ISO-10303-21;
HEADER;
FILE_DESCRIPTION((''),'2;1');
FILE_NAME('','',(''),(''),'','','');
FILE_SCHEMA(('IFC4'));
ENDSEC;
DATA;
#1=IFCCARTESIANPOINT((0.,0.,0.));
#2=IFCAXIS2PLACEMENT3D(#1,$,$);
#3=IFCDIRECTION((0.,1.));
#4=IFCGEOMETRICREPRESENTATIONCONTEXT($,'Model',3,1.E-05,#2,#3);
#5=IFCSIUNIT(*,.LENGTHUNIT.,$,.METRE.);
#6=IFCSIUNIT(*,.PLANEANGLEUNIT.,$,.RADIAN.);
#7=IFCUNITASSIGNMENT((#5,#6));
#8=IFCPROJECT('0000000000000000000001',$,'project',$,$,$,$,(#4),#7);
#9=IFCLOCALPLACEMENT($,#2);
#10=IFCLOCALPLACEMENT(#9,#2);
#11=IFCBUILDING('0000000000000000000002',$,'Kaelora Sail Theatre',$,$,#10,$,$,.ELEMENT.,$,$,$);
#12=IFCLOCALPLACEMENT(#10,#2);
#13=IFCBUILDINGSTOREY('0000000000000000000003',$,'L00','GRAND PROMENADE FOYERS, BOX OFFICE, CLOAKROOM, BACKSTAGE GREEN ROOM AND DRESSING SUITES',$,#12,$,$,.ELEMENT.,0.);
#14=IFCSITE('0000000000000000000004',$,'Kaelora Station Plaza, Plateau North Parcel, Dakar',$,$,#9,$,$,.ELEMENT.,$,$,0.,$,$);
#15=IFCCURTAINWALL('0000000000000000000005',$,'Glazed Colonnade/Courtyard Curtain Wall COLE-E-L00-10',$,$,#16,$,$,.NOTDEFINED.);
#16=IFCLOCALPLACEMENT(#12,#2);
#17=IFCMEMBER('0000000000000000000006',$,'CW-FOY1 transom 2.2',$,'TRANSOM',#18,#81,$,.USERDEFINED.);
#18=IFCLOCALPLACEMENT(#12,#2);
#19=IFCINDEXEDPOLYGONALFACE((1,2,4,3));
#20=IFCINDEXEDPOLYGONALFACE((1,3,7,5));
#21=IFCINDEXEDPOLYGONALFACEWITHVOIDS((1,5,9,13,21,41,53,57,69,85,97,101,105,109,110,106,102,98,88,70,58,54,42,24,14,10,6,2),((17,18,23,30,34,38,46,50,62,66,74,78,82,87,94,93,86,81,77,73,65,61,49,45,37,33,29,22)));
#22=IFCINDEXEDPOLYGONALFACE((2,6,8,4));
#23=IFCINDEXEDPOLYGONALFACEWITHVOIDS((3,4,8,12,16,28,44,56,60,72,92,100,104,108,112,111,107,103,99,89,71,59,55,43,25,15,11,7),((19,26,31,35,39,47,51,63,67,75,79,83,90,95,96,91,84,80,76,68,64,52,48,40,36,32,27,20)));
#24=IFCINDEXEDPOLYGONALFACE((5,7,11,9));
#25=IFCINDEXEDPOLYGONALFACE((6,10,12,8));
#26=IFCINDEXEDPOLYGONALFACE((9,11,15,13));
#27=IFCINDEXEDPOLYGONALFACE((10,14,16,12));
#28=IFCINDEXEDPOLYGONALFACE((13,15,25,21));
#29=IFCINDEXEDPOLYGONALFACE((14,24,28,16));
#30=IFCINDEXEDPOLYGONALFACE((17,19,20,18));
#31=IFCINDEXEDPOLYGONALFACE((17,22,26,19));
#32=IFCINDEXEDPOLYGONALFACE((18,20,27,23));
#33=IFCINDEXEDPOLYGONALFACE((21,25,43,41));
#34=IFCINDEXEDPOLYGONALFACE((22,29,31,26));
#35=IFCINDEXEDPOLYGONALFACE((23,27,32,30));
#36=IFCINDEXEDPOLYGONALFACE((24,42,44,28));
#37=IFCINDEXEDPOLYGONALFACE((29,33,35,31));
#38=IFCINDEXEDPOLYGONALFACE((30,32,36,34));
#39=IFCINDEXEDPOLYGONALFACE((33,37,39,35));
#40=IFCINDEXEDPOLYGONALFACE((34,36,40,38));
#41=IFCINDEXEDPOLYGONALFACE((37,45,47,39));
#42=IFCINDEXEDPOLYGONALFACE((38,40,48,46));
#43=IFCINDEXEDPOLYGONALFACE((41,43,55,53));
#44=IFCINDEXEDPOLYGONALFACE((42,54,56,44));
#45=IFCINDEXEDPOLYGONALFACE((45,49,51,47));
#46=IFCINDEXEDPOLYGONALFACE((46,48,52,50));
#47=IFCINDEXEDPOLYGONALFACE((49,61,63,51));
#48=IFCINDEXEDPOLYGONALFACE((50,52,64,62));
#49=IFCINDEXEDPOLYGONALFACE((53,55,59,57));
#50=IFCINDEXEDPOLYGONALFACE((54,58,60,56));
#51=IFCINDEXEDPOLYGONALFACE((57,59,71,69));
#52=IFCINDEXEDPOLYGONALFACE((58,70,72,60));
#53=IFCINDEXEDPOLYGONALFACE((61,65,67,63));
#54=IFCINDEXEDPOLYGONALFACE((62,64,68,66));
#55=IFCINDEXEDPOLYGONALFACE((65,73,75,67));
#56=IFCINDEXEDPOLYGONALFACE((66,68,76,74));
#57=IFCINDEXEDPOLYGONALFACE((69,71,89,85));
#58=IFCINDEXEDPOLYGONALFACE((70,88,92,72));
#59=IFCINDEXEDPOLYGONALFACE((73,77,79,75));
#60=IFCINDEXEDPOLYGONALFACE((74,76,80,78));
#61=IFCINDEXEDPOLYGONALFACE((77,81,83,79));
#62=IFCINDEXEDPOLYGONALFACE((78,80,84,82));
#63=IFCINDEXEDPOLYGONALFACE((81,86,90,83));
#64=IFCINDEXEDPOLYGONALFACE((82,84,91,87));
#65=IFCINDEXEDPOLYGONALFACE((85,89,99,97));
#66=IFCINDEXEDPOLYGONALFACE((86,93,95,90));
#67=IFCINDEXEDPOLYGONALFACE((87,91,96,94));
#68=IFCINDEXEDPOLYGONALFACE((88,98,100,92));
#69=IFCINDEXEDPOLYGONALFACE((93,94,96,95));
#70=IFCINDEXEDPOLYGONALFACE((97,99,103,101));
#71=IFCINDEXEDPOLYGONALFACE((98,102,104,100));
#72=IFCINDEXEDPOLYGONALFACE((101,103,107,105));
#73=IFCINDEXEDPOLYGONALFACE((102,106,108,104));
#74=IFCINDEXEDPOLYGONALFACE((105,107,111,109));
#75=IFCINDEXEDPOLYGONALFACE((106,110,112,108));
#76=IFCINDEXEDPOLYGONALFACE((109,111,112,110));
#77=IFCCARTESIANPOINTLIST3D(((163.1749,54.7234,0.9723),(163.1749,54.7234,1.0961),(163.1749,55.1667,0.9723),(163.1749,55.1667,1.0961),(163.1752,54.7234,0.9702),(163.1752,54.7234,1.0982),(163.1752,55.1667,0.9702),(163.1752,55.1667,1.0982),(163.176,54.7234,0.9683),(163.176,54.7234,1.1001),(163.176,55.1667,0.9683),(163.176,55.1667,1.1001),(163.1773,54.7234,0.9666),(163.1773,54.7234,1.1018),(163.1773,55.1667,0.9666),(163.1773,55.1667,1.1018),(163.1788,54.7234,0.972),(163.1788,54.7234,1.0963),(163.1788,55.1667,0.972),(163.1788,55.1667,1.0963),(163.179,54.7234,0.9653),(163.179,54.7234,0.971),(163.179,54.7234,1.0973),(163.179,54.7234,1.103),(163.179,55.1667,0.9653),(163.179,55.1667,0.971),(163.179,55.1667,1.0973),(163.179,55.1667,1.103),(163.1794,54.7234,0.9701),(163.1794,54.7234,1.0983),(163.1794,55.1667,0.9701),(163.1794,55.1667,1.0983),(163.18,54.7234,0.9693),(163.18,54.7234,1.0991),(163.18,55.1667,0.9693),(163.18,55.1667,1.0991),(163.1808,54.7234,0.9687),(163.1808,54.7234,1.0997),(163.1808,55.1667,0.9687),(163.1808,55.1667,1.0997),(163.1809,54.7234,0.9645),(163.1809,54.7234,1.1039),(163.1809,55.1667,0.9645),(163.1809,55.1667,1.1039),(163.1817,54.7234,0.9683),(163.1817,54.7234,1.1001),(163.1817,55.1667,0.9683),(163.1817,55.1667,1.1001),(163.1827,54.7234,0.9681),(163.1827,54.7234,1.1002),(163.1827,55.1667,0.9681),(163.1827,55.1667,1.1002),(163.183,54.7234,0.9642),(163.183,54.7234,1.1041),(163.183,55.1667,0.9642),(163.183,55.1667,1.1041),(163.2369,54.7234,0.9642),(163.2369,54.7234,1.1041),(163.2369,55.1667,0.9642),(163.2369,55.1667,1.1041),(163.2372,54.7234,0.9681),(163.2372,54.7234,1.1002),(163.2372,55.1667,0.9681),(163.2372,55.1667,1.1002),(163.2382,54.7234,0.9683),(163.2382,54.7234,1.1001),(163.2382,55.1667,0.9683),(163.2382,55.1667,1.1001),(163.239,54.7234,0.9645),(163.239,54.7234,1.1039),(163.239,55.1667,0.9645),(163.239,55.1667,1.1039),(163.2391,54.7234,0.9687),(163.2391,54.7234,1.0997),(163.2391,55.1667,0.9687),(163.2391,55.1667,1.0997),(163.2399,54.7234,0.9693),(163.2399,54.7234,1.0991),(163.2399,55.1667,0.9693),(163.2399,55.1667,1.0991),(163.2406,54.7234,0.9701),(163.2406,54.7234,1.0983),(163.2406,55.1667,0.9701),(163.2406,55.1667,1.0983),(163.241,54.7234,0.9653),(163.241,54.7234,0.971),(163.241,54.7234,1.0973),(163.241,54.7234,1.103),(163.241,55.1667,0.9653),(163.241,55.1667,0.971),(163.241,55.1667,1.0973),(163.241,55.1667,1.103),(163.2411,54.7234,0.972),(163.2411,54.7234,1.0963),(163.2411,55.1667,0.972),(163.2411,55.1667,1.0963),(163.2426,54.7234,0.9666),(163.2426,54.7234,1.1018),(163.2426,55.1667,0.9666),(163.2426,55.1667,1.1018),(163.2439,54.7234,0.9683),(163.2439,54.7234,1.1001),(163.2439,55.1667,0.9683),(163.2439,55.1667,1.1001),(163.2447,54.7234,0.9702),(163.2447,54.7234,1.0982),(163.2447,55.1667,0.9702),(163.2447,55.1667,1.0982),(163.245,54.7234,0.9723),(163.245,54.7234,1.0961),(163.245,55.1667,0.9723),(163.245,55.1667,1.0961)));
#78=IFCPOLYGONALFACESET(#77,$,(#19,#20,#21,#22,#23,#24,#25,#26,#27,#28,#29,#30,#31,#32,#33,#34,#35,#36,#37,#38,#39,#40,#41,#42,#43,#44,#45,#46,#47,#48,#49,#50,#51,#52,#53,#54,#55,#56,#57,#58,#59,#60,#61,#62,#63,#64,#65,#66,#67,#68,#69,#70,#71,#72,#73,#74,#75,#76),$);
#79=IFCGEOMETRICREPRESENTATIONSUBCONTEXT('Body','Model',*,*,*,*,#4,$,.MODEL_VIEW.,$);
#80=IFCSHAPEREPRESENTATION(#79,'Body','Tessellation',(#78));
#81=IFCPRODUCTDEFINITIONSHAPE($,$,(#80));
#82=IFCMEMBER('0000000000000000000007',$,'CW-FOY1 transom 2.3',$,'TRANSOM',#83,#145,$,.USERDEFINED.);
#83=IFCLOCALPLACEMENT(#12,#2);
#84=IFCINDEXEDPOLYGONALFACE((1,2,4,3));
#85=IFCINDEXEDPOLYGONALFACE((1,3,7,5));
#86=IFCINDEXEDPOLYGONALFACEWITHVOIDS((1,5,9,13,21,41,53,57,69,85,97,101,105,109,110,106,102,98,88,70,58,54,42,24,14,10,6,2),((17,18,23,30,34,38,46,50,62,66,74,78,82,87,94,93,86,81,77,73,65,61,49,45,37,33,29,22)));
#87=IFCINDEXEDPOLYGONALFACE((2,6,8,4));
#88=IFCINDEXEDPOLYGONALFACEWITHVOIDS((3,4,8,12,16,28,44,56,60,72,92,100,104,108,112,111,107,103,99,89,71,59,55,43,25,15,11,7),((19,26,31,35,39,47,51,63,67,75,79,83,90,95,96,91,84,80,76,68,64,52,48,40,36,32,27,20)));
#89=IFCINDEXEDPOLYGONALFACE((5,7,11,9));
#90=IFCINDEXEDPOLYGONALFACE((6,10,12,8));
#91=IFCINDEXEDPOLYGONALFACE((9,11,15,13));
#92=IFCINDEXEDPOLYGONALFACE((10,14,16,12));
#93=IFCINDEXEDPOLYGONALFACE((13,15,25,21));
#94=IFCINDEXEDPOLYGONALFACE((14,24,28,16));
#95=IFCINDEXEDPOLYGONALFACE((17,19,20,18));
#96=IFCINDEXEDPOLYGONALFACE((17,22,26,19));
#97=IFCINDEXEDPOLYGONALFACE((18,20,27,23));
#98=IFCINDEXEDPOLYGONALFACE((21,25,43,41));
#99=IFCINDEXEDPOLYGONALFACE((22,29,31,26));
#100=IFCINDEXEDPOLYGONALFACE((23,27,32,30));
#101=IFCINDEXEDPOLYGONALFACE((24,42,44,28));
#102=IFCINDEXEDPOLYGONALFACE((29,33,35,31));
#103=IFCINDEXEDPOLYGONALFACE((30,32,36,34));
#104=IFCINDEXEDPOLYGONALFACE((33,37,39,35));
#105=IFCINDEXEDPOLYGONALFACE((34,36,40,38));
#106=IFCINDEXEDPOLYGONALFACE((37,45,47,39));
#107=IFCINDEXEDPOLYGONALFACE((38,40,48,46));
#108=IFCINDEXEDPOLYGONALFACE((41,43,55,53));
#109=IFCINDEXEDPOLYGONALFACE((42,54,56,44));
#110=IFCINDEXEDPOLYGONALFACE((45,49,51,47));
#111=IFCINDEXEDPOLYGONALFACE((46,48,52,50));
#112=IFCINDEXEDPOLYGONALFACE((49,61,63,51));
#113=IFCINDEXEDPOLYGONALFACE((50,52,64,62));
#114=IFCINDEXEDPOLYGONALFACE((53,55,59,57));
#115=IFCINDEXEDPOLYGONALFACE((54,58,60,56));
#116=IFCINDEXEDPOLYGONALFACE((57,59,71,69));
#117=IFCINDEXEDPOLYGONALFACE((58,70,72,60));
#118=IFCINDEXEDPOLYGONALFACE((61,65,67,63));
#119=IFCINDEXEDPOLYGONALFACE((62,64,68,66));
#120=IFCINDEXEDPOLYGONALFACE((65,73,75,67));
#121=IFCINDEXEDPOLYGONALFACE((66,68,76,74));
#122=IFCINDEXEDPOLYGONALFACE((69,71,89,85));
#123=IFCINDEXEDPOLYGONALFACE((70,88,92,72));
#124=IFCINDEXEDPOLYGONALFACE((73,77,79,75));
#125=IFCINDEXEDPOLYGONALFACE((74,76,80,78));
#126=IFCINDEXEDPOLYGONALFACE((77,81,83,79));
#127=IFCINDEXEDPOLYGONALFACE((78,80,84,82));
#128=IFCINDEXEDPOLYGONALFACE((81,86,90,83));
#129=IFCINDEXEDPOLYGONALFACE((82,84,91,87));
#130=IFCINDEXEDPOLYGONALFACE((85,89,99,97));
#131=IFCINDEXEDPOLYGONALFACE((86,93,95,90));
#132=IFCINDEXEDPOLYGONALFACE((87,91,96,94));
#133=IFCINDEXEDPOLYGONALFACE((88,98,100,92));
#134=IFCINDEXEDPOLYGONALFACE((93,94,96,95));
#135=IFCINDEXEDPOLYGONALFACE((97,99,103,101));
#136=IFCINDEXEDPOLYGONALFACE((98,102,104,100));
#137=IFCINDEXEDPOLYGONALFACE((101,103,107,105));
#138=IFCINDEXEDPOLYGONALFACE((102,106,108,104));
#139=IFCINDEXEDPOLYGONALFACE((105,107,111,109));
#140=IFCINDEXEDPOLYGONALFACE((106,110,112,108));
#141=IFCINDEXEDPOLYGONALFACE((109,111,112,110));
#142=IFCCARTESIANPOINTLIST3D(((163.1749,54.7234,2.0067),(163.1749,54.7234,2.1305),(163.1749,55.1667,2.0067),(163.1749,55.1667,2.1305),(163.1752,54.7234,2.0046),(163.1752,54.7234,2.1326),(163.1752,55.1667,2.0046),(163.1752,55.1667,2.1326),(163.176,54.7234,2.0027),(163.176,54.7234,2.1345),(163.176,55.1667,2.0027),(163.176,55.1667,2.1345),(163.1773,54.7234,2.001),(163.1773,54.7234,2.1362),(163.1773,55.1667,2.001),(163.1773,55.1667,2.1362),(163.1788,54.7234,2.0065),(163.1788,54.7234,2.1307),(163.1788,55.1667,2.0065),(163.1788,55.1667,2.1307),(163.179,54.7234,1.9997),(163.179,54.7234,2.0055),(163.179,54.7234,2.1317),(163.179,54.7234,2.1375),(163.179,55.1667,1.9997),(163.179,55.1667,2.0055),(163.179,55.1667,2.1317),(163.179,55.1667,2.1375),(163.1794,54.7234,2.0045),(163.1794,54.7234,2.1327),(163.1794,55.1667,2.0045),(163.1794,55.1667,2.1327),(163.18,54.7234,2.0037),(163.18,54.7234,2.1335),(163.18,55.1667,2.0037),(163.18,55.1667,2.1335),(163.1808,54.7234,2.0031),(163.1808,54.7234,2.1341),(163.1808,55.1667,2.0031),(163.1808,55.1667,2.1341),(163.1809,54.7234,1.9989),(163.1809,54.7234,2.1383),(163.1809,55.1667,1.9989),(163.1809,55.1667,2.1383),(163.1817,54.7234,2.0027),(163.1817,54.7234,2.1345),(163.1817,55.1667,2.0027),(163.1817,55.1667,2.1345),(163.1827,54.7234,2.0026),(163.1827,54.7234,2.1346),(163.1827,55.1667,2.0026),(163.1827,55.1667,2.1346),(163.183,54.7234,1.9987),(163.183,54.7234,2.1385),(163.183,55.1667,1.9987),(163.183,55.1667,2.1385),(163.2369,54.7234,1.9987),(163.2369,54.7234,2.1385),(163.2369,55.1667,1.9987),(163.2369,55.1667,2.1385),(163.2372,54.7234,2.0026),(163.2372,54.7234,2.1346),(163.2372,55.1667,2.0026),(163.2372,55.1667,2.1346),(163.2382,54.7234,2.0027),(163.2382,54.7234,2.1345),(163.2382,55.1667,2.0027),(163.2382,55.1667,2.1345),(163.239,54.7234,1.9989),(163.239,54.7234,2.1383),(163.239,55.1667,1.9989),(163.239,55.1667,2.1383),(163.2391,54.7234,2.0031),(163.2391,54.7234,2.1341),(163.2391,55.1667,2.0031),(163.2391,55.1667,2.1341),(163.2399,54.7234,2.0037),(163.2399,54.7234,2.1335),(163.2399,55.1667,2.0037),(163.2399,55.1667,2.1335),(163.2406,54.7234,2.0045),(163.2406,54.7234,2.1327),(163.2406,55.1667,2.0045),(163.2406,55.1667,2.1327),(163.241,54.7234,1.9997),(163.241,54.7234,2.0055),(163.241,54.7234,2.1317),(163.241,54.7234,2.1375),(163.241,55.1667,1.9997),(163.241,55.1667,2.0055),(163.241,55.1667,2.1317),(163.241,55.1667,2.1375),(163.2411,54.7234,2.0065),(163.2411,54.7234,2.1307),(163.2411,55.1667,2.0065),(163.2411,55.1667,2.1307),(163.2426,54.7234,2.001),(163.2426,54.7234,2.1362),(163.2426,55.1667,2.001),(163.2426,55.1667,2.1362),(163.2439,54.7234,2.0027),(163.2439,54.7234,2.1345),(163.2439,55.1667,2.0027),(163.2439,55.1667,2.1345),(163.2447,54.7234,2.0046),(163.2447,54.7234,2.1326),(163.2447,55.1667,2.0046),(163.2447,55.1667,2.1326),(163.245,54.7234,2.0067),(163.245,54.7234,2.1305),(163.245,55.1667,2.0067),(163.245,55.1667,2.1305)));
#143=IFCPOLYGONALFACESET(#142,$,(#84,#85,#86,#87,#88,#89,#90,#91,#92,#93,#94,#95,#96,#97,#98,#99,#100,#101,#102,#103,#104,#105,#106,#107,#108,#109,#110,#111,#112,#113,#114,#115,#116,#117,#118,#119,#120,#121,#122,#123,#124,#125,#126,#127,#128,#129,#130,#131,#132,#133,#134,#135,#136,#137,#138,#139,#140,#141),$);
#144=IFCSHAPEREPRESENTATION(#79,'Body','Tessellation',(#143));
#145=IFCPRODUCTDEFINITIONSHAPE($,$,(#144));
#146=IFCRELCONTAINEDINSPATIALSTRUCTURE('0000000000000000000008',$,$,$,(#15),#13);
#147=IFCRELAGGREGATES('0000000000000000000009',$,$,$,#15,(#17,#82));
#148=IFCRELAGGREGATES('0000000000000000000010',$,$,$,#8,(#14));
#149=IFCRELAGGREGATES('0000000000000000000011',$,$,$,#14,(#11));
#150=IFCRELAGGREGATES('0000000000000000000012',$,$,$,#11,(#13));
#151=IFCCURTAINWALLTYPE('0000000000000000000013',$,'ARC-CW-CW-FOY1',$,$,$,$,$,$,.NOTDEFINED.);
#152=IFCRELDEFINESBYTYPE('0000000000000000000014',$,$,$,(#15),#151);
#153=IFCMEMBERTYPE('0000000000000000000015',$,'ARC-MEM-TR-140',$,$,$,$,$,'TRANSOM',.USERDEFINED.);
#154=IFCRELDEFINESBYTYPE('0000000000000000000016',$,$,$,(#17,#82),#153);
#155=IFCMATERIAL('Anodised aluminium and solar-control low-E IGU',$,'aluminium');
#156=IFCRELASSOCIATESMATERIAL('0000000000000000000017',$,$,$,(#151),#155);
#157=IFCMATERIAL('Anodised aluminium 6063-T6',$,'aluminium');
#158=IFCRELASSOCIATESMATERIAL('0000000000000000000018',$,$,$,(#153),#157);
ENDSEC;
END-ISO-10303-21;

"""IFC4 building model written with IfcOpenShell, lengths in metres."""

from ifc_helpers import new_model, si_unit, direction, frame, origin, origin_2d, place, context, subcontext, project, spatial, hollow_rectangle, extrude, material, material_profile, profile_set, type_object, element, aggregate, save


model = new_model("IFC4")

# Units and contexts
model_context = context("Model", 3, precision=1e-05, world=origin(), true_north=direction((0.0, 1.0)))
body_context = subcontext(model_context, "Body", "Model", "MODEL_VIEW")
ifc_project = project(units=[si_unit("LENGTHUNIT", "METRE"), si_unit("PLANEANGLEUNIT", "RADIAN")], contexts=[model_context])

# Site, building, storey
site_placement = place(None, origin())
site = spatial("IfcSite", under=ifc_project, at=site_placement, Name="Kaelora Station Plaza, Plateau North Parcel, Dakar", CompositionType="ELEMENT", RefElevation=0.0)
building_placement = place(site_placement, origin())
building = spatial("IfcBuilding", under=site, at=building_placement, Name="Kaelora Sail Theatre", CompositionType="ELEMENT")
storey_placement = place(building_placement, origin())
storey = spatial("IfcBuildingStorey", under=building, at=storey_placement, Name="L00", Description="GRAND PROMENADE FOYERS, BOX OFFICE, CLOAKROOM, BACKSTAGE GREEN ROOM AND DRESSING SUITES", CompositionType="ELEMENT", Elevation=0.0)

# Curtain wall, members
ifc_material_1 = material(Name="Anodised aluminium and solar-control low-E IGU", Category="aluminium")
curtain_wall_type = type_object("IfcCurtainWallType", Name="ARC-CW-CW-FOY1", PredefinedType="NOTDEFINED", material=ifc_material_1)
curtain_wall_placement = place(storey_placement, origin())
curtain_wall = element("IfcCurtainWall", 1, at=curtain_wall_placement, inside=storey, type_object=curtain_wall_type, Name="Glazed Colonnade/Courtyard Curtain Wall COLE-E-L00-10", PredefinedType="NOTDEFINED")
ifc_material_2 = material(Name="Anodised aluminium 6063-T6", Category="aluminium")
ifc_material_profile_1 = material_profile(ifc_material_2, hollow_rectangle(XDim=0.0701, YDim=0.1399, WallThickness=0.0039, InnerFilletRadius=0.0039, OuterFilletRadius=0.0081, at=origin_2d()), Name="ALU-TRAN 70x140x4")
ifc_profile_set_1 = profile_set([ifc_material_profile_1], Name="Anodised aluminium 6063-T6")
member_type_1 = type_object("IfcMemberType", Name="ARC-MEM-TR-140", ElementType="TRANSOM", PredefinedType="USERDEFINED", material=ifc_profile_set_1)
member_1_placement = place(storey_placement, frame((163.21, 54.7234, 1.0342), z_axis=(0.0, 1.0, 0.0), x_axis=(-1.0, 0.0, 0.0)))
member_1 = element("IfcMember", 2, at=member_1_placement, type_object=member_type_1, Name="CW-FOY1 transom 2.2", ObjectType="TRANSOM", PredefinedType="USERDEFINED", context=body_context, shape_type="SweptSolid", body=[
    extrude(hollow_rectangle(XDim=0.0701, YDim=0.1399, WallThickness=0.0039, InnerFilletRadius=0.0039, OuterFilletRadius=0.0081, at=origin_2d()), origin(), (0.0, 0.0, 1.0), 0.4434),
])
member_2_placement = place(storey_placement, frame((163.21, 54.7234, 2.0686), z_axis=(0.0, 1.0, 0.0), x_axis=(-1.0, 0.0, 0.0)))
member_2 = element("IfcMember", 3, at=member_2_placement, type_object=member_type_1, Name="CW-FOY1 transom 2.3", ObjectType="TRANSOM", PredefinedType="USERDEFINED", context=body_context, shape_type="SweptSolid", body=[
    extrude(hollow_rectangle(XDim=0.0701, YDim=0.1399, WallThickness=0.0039, InnerFilletRadius=0.0039, OuterFilletRadius=0.0081, at=origin_2d()), origin(), (0.0, 0.0, 1.0), 0.4434),
])

aggregate(curtain_wall, [member_1, member_2])

save(model, "model.ifc")
